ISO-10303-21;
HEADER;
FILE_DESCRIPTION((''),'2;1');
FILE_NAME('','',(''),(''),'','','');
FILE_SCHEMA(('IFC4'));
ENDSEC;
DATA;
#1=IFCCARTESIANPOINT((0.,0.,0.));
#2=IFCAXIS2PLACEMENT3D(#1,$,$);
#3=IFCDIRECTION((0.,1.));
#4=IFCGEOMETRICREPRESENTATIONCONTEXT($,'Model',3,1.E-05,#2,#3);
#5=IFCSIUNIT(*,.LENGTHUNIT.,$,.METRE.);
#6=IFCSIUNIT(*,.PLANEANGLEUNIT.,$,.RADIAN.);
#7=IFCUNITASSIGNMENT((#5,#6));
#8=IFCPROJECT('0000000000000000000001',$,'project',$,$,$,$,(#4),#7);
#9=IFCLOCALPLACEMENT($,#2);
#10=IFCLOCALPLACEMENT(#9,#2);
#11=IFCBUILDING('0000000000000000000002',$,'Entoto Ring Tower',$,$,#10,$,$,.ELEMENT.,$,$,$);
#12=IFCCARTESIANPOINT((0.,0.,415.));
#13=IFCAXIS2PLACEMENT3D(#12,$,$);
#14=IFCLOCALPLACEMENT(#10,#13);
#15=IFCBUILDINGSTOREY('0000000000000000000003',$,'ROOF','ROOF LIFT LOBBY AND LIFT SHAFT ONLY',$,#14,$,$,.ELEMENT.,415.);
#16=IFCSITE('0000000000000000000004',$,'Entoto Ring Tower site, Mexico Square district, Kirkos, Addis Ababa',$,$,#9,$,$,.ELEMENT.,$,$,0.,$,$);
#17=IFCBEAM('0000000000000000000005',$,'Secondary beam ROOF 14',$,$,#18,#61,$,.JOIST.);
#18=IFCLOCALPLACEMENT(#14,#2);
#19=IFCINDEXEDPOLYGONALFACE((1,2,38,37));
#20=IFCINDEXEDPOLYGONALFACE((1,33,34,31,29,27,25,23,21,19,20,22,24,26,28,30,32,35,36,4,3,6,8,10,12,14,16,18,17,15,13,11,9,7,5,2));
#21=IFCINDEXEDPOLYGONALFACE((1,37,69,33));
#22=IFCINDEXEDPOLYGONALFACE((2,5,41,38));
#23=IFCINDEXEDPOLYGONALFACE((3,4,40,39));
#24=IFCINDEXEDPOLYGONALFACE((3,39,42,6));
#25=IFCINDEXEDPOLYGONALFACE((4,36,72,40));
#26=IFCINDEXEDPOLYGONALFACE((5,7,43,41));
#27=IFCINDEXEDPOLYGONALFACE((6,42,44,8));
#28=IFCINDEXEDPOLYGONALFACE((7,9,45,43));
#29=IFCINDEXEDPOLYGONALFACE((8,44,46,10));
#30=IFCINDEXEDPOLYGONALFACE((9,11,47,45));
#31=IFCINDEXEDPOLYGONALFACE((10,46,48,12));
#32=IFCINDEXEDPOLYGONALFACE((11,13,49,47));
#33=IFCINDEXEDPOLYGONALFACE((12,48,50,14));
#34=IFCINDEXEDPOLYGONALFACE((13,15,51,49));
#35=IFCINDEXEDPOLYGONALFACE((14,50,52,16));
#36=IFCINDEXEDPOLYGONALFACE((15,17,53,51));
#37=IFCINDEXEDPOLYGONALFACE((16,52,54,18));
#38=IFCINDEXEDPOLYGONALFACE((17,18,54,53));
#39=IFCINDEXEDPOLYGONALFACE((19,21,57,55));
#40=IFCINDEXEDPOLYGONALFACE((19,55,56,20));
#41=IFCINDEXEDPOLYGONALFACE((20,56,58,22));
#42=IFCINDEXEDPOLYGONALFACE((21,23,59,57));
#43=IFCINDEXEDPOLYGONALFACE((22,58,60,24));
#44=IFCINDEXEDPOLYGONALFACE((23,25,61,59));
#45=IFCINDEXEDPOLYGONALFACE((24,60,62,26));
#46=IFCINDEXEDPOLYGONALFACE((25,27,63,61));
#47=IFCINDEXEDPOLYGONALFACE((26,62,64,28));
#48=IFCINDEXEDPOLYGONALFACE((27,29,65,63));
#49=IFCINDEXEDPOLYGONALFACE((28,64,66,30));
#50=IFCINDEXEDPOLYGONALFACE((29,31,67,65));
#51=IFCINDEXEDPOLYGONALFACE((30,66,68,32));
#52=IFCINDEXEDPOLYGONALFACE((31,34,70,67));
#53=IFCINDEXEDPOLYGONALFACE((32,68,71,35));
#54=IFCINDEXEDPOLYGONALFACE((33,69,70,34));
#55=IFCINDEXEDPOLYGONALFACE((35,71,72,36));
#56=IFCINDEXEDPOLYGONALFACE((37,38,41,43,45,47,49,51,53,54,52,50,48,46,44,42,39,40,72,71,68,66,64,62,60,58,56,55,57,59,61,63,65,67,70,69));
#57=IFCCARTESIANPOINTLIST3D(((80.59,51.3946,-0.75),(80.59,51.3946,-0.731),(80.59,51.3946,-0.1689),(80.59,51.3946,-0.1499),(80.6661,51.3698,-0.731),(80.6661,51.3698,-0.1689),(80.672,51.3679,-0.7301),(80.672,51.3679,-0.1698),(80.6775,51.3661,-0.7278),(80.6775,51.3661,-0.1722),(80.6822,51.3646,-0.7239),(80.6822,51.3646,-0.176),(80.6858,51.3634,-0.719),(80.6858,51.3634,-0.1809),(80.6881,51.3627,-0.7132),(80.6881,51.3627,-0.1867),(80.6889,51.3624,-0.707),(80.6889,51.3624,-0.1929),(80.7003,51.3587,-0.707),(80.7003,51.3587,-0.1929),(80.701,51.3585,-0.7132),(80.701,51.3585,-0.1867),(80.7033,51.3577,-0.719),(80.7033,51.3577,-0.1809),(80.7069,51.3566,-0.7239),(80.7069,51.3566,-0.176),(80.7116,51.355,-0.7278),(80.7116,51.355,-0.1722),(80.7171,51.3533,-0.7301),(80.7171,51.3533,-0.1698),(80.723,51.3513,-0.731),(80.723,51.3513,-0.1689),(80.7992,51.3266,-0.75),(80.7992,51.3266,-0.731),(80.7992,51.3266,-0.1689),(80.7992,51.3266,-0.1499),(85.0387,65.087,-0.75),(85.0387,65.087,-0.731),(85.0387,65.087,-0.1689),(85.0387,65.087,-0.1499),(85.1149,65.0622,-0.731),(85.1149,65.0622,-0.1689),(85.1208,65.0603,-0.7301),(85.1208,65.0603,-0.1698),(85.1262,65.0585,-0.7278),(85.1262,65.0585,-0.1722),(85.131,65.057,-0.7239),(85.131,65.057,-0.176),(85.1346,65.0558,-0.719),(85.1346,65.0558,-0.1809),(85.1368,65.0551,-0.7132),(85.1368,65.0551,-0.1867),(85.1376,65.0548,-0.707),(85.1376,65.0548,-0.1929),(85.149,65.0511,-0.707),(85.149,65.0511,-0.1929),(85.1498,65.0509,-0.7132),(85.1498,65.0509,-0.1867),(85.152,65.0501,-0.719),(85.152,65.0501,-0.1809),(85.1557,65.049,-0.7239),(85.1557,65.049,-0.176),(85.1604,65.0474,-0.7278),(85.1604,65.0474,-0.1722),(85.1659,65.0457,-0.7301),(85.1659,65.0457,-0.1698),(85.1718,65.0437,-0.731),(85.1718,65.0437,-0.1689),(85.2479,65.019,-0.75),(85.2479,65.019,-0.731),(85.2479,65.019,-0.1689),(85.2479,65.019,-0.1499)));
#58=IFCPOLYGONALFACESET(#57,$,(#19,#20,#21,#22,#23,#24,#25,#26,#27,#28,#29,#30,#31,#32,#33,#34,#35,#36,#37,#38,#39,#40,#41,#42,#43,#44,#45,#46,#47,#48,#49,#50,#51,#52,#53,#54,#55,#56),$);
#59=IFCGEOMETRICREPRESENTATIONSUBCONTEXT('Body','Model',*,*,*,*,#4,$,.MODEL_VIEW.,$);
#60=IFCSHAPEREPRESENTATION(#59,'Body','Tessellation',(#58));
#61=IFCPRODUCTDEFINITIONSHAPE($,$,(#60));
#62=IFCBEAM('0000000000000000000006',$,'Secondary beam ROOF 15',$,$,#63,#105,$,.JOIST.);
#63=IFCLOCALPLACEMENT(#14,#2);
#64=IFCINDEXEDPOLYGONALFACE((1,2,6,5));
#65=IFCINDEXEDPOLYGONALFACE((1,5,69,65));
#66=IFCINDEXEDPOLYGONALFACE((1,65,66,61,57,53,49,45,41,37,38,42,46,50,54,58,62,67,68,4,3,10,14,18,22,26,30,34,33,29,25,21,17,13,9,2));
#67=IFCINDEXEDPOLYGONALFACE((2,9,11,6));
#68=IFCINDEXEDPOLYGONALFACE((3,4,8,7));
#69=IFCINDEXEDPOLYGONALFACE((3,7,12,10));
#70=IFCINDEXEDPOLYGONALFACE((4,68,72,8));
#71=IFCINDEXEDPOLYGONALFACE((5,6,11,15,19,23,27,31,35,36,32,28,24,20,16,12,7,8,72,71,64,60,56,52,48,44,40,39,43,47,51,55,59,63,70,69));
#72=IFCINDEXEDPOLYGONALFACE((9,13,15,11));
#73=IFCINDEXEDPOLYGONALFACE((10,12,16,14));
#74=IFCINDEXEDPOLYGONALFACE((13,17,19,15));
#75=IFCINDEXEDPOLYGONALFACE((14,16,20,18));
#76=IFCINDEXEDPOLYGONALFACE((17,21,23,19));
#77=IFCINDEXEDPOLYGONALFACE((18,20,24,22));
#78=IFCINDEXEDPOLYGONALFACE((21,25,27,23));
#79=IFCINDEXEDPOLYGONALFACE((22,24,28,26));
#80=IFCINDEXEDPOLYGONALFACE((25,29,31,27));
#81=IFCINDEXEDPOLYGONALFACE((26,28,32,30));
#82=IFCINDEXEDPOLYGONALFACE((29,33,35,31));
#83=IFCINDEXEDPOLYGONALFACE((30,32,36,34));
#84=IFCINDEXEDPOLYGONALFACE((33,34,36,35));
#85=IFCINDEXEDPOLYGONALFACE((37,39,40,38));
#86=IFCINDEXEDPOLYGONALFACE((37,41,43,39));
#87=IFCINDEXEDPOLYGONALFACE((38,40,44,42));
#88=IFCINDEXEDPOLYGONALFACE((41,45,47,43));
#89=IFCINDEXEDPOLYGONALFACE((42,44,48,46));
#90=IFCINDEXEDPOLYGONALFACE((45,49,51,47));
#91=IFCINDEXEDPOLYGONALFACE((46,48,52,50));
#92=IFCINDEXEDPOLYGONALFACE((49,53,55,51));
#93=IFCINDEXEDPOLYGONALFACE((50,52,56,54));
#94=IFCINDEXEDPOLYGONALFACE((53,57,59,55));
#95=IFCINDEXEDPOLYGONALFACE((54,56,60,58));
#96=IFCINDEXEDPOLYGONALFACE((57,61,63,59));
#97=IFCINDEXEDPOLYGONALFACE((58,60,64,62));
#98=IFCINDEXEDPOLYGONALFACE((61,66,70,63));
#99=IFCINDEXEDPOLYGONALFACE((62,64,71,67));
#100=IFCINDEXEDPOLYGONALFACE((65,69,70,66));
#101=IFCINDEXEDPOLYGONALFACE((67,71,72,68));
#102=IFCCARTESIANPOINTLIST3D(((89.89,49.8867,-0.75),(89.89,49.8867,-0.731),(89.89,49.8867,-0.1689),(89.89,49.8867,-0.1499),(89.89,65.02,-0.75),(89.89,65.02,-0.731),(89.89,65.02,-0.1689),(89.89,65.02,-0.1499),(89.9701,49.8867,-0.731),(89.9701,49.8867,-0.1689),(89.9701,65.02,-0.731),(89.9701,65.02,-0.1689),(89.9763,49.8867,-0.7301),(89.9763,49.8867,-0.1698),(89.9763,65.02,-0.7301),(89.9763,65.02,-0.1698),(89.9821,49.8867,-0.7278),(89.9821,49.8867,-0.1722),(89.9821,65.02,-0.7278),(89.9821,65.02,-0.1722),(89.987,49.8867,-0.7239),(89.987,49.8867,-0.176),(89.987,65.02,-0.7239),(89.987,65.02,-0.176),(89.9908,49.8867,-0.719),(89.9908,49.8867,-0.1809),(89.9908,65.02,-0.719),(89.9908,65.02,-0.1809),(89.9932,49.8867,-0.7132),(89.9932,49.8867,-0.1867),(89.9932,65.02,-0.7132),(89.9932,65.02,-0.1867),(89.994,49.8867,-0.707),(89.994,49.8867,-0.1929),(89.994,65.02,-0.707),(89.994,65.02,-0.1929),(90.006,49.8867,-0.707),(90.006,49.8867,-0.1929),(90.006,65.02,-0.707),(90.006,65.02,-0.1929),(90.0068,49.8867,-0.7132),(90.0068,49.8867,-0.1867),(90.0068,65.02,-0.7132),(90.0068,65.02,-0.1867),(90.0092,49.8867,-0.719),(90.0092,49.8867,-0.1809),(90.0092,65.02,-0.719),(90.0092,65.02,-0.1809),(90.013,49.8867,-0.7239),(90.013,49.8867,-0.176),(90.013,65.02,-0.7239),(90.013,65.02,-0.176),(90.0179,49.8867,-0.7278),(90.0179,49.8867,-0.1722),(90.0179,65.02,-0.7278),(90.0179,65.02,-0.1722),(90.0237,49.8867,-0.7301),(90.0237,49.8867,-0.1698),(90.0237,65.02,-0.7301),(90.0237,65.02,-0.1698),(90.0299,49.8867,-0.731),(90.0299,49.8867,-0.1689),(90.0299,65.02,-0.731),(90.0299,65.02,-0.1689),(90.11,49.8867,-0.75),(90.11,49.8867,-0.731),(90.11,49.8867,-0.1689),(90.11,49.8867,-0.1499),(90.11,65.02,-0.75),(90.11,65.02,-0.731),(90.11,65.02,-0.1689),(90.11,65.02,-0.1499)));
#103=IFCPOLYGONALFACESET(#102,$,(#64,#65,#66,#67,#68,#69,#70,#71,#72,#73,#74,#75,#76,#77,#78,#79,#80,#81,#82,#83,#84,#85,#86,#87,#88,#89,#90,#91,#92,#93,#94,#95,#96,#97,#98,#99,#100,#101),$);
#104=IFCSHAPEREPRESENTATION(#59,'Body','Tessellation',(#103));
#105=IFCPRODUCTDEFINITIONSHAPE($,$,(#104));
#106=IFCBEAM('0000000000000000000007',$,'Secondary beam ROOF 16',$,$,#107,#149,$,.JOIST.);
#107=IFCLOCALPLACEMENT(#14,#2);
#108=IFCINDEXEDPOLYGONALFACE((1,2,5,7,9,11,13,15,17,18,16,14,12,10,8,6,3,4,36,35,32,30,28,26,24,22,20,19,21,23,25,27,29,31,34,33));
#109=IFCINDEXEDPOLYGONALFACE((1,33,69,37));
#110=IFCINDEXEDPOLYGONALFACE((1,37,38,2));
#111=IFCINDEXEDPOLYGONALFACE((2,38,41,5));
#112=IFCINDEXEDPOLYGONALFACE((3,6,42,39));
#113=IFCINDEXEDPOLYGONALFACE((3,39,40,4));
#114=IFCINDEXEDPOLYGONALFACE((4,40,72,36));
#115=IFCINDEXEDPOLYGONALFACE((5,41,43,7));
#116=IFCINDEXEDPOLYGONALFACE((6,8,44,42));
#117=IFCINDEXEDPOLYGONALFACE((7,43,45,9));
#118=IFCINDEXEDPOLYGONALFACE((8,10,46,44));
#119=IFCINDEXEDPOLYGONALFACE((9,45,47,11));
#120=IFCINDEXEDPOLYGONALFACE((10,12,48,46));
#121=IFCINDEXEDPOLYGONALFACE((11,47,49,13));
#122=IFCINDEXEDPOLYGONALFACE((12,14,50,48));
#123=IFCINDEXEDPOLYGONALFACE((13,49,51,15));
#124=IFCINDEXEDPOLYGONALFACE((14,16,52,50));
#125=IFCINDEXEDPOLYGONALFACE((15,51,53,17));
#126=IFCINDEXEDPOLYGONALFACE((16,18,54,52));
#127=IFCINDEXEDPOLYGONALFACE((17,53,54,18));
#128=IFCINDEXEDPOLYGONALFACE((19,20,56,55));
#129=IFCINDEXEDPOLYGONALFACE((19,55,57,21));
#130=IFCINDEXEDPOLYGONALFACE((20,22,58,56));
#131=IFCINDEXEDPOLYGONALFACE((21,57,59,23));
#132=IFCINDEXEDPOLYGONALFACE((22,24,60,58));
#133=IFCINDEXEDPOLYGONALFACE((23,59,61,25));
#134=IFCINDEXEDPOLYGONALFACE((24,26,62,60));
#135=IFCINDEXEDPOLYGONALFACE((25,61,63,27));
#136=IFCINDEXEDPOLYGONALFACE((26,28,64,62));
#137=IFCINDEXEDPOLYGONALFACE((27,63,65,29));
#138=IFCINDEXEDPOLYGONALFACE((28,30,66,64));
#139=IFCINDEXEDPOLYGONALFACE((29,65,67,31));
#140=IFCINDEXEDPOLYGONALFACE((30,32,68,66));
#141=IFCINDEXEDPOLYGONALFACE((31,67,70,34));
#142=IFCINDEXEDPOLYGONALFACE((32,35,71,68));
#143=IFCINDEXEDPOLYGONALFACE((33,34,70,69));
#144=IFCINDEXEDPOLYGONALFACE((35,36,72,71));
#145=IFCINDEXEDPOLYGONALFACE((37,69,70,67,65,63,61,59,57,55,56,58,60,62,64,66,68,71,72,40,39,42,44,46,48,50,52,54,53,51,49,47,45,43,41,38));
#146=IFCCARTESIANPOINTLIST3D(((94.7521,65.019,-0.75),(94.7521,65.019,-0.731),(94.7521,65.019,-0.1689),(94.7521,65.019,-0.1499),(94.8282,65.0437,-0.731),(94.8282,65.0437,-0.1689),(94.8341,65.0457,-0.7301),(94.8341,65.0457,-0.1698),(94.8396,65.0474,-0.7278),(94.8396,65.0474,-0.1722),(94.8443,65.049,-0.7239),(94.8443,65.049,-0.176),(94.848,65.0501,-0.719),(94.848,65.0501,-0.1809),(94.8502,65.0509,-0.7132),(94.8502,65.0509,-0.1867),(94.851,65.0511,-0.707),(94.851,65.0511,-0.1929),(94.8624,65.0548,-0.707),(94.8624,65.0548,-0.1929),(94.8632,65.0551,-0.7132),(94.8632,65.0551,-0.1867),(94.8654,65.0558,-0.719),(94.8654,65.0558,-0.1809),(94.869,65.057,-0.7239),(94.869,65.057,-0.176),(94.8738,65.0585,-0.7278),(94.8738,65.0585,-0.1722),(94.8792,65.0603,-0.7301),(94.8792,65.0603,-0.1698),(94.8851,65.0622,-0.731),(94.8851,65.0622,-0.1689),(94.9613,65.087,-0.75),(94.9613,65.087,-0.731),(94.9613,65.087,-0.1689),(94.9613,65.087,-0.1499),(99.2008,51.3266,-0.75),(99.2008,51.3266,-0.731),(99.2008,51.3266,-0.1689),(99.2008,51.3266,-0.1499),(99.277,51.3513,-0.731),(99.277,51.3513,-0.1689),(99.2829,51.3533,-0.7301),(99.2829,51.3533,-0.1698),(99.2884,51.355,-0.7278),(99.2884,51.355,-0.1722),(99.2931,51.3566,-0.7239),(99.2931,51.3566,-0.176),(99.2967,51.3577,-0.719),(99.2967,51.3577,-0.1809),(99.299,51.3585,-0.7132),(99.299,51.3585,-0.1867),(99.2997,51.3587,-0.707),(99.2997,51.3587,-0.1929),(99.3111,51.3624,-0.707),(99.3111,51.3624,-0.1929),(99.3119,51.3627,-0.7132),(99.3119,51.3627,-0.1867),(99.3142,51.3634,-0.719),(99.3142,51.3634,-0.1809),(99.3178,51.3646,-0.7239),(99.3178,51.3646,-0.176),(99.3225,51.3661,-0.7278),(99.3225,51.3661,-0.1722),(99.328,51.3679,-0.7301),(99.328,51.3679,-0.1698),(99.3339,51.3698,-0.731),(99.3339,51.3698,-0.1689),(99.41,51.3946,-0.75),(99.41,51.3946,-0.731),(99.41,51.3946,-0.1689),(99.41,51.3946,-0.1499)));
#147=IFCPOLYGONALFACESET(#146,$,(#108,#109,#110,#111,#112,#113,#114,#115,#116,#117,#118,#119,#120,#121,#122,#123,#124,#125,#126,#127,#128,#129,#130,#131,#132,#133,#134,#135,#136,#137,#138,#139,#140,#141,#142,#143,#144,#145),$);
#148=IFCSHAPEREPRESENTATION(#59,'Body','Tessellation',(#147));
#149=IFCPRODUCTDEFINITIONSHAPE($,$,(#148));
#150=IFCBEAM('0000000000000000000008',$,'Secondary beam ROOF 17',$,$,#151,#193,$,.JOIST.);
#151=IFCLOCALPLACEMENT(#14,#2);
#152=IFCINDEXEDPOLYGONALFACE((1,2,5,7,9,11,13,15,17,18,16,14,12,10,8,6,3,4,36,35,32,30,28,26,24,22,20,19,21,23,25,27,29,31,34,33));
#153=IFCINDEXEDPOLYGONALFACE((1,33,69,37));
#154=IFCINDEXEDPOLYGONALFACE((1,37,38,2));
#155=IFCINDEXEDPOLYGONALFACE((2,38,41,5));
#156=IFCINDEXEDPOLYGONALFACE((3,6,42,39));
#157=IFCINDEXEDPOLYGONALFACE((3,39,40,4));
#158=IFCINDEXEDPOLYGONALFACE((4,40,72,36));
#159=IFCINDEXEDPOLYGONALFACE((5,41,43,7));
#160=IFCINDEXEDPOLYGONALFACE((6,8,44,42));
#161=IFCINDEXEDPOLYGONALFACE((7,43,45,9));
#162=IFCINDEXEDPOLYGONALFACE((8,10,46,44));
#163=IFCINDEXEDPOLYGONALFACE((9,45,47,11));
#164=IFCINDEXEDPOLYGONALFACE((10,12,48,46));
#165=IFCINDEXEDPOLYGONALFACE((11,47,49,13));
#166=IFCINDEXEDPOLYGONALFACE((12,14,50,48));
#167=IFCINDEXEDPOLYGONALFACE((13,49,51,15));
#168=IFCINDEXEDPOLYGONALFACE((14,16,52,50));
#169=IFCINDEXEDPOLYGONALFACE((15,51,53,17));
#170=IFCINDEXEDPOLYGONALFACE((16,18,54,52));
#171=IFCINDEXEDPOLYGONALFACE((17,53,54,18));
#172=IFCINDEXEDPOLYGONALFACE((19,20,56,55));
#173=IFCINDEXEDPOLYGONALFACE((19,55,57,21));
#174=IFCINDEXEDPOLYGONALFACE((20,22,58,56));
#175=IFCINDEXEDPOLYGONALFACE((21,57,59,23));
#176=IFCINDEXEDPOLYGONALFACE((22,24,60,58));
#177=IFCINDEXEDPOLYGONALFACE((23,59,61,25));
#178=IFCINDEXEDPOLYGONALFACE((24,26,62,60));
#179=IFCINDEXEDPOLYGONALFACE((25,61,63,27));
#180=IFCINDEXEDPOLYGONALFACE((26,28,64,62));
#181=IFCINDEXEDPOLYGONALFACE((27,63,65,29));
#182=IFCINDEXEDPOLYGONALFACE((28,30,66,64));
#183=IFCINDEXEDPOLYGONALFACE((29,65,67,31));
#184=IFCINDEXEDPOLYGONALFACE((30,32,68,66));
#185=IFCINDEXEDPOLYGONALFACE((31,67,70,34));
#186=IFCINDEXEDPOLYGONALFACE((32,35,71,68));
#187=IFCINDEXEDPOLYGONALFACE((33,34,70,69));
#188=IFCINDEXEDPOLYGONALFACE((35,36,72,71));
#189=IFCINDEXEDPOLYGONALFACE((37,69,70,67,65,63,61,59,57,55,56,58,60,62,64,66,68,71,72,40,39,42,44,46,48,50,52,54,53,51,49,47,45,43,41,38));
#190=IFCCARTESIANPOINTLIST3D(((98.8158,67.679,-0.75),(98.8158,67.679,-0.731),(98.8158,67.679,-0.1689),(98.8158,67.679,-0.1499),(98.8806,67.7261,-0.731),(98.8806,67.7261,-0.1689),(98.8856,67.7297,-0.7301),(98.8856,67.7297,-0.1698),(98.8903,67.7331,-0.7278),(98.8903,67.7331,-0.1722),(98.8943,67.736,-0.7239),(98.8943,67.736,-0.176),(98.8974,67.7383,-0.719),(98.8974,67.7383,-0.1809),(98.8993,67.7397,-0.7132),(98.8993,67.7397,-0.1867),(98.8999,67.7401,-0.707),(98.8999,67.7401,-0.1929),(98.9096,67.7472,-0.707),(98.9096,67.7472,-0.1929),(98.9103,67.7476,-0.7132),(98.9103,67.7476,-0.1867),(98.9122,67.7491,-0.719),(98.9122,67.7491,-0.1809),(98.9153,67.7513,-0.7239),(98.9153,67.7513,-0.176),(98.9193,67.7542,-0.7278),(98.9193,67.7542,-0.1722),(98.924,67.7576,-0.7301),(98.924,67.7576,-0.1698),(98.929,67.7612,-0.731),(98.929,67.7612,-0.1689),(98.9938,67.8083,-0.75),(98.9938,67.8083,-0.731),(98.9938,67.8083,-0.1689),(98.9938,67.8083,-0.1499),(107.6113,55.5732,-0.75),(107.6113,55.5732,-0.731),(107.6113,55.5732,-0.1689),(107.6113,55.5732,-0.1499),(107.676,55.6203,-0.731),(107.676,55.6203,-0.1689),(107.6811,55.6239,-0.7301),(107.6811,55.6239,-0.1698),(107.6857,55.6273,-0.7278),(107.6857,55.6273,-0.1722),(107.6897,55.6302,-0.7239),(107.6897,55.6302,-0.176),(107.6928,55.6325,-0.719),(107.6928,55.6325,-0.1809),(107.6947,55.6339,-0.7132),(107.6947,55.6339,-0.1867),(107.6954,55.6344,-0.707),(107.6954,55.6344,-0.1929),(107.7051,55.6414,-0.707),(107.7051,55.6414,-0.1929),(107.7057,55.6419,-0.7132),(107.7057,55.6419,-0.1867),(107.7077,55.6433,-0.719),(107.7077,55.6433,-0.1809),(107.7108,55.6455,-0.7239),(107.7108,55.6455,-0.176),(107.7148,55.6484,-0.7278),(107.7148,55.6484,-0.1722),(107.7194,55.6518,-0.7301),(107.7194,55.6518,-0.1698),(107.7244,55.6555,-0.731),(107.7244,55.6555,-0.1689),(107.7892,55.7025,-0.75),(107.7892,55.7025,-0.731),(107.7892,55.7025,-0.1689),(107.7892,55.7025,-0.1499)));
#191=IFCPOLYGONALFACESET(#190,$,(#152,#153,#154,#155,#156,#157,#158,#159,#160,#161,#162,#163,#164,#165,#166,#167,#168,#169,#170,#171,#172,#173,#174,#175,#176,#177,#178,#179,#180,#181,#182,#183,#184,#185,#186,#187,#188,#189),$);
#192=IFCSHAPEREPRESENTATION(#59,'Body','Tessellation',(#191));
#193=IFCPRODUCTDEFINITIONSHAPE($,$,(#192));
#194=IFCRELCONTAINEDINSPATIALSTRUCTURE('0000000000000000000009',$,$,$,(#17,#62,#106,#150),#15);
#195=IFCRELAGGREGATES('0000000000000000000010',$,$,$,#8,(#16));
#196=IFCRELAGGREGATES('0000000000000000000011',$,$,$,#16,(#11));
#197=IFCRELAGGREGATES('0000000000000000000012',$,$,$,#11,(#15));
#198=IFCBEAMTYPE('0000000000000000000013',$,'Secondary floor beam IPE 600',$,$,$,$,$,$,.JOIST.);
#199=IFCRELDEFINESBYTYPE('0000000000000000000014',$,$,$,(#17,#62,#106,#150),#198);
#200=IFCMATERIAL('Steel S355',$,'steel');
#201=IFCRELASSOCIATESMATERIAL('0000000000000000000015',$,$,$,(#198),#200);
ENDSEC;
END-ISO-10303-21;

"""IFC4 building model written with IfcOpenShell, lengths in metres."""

from ifc_helpers import new_model, si_unit, direction, frame, origin, origin_2d, place, context, subcontext, project, spatial, i_section, extrude, material, material_profile, profile_set, type_object, element, save


model = new_model("IFC4")

# Units and contexts
model_context = context("Model", 3, precision=1e-05, world=origin(), true_north=direction((0.0, 1.0)))
body_context = subcontext(model_context, "Body", "Model", "MODEL_VIEW")
ifc_project = project(units=[si_unit("LENGTHUNIT", "METRE"), si_unit("PLANEANGLEUNIT", "RADIAN")], contexts=[model_context])

# Site, building, storey
site_placement = place(None, origin())
site = spatial("IfcSite", under=ifc_project, at=site_placement, Name="Entoto Ring Tower site, Mexico Square district, Kirkos, Addis Ababa", CompositionType="ELEMENT", RefElevation=0.0)
building_placement = place(site_placement, origin())
building = spatial("IfcBuilding", under=site, at=building_placement, Name="Entoto Ring Tower", CompositionType="ELEMENT")
storey_placement = place(building_placement, frame((0.0, 0.0, 415.0)))
storey = spatial("IfcBuildingStorey", under=building, at=storey_placement, Name="ROOF", Description="ROOF LIFT LOBBY AND LIFT SHAFT ONLY", CompositionType="ELEMENT", Elevation=415.0)

# Beams
ifc_material_1 = material(Name="Steel S355", Category="steel")
ifc_material_profile_1 = material_profile(ifc_material_1, i_section(OverallWidth=0.22, OverallDepth=0.6001, WebThickness=0.012, FlangeThickness=0.019, FilletRadius=0.0239, at=origin_2d()), Name="IPE 600")
ifc_profile_set_1 = profile_set([ifc_material_profile_1], Name="Steel S355")
beam_type_1 = type_object("IfcBeamType", Name="Secondary floor beam IPE 600", PredefinedType="JOIST", material=ifc_profile_set_1)
beam_1_placement = place(storey_placement, frame((85.1433, 65.053, -0.45), z_axis=(-0.309005, -0.95106, 0.0), x_axis=(0.95106, -0.309005, 0.0)))
element("IfcBeam", 1, at=beam_1_placement, inside=storey, type_object=beam_type_1, Name="Secondary beam ROOF 14", PredefinedType="JOIST", context=body_context, shape_type="SweptSolid", body=[
    extrude(i_section(OverallWidth=0.22, OverallDepth=0.6001, WebThickness=0.012, FlangeThickness=0.019, FilletRadius=0.0239, at=origin_2d()), origin(), (0.0, 0.0, 1.0), 14.397),
])
beam_2_placement = place(storey_placement, frame((90.0, 65.02, -0.45), z_axis=(0.0, -1.0, 0.0), x_axis=(1.0, 0.0, 0.0)))
element("IfcBeam", 2, at=beam_2_placement, inside=storey, type_object=beam_type_1, Name="Secondary beam ROOF 15", PredefinedType="JOIST", context=body_context, shape_type="SweptSolid", body=[
    extrude(i_section(OverallWidth=0.22, OverallDepth=0.6001, WebThickness=0.012, FlangeThickness=0.019, FilletRadius=0.0239, at=origin_2d()), origin(), (0.0, 0.0, 1.0), 15.1333),
])
beam_3_placement = place(storey_placement, frame((94.8567, 65.053, -0.45), z_axis=(0.309005, -0.95106, 0.0), x_axis=(0.95106, 0.309005, 0.0)))
element("IfcBeam", 3, at=beam_3_placement, inside=storey, type_object=beam_type_1, Name="Secondary beam ROOF 16", PredefinedType="JOIST", context=body_context, shape_type="SweptSolid", body=[
    extrude(i_section(OverallWidth=0.22, OverallDepth=0.6001, WebThickness=0.012, FlangeThickness=0.019, FilletRadius=0.0239, at=origin_2d()), origin(), (0.0, 0.0, 1.0), 14.397),
])
beam_4_placement = place(storey_placement, frame((98.9048, 67.7437, -0.45), z_axis=(0.587789, -0.809014, 0.0), x_axis=(0.809014, 0.587789, 0.0)))
element("IfcBeam", 4, at=beam_4_placement, inside=storey, type_object=beam_type_1, Name="Secondary beam ROOF 17", PredefinedType="JOIST", context=body_context, shape_type="SweptSolid", body=[
    extrude(i_section(OverallWidth=0.22, OverallDepth=0.6001, WebThickness=0.012, FlangeThickness=0.019, FilletRadius=0.0239, at=origin_2d()), origin(), (0.0, 0.0, 1.0), 14.9636),
])

save(model, "model.ifc")
